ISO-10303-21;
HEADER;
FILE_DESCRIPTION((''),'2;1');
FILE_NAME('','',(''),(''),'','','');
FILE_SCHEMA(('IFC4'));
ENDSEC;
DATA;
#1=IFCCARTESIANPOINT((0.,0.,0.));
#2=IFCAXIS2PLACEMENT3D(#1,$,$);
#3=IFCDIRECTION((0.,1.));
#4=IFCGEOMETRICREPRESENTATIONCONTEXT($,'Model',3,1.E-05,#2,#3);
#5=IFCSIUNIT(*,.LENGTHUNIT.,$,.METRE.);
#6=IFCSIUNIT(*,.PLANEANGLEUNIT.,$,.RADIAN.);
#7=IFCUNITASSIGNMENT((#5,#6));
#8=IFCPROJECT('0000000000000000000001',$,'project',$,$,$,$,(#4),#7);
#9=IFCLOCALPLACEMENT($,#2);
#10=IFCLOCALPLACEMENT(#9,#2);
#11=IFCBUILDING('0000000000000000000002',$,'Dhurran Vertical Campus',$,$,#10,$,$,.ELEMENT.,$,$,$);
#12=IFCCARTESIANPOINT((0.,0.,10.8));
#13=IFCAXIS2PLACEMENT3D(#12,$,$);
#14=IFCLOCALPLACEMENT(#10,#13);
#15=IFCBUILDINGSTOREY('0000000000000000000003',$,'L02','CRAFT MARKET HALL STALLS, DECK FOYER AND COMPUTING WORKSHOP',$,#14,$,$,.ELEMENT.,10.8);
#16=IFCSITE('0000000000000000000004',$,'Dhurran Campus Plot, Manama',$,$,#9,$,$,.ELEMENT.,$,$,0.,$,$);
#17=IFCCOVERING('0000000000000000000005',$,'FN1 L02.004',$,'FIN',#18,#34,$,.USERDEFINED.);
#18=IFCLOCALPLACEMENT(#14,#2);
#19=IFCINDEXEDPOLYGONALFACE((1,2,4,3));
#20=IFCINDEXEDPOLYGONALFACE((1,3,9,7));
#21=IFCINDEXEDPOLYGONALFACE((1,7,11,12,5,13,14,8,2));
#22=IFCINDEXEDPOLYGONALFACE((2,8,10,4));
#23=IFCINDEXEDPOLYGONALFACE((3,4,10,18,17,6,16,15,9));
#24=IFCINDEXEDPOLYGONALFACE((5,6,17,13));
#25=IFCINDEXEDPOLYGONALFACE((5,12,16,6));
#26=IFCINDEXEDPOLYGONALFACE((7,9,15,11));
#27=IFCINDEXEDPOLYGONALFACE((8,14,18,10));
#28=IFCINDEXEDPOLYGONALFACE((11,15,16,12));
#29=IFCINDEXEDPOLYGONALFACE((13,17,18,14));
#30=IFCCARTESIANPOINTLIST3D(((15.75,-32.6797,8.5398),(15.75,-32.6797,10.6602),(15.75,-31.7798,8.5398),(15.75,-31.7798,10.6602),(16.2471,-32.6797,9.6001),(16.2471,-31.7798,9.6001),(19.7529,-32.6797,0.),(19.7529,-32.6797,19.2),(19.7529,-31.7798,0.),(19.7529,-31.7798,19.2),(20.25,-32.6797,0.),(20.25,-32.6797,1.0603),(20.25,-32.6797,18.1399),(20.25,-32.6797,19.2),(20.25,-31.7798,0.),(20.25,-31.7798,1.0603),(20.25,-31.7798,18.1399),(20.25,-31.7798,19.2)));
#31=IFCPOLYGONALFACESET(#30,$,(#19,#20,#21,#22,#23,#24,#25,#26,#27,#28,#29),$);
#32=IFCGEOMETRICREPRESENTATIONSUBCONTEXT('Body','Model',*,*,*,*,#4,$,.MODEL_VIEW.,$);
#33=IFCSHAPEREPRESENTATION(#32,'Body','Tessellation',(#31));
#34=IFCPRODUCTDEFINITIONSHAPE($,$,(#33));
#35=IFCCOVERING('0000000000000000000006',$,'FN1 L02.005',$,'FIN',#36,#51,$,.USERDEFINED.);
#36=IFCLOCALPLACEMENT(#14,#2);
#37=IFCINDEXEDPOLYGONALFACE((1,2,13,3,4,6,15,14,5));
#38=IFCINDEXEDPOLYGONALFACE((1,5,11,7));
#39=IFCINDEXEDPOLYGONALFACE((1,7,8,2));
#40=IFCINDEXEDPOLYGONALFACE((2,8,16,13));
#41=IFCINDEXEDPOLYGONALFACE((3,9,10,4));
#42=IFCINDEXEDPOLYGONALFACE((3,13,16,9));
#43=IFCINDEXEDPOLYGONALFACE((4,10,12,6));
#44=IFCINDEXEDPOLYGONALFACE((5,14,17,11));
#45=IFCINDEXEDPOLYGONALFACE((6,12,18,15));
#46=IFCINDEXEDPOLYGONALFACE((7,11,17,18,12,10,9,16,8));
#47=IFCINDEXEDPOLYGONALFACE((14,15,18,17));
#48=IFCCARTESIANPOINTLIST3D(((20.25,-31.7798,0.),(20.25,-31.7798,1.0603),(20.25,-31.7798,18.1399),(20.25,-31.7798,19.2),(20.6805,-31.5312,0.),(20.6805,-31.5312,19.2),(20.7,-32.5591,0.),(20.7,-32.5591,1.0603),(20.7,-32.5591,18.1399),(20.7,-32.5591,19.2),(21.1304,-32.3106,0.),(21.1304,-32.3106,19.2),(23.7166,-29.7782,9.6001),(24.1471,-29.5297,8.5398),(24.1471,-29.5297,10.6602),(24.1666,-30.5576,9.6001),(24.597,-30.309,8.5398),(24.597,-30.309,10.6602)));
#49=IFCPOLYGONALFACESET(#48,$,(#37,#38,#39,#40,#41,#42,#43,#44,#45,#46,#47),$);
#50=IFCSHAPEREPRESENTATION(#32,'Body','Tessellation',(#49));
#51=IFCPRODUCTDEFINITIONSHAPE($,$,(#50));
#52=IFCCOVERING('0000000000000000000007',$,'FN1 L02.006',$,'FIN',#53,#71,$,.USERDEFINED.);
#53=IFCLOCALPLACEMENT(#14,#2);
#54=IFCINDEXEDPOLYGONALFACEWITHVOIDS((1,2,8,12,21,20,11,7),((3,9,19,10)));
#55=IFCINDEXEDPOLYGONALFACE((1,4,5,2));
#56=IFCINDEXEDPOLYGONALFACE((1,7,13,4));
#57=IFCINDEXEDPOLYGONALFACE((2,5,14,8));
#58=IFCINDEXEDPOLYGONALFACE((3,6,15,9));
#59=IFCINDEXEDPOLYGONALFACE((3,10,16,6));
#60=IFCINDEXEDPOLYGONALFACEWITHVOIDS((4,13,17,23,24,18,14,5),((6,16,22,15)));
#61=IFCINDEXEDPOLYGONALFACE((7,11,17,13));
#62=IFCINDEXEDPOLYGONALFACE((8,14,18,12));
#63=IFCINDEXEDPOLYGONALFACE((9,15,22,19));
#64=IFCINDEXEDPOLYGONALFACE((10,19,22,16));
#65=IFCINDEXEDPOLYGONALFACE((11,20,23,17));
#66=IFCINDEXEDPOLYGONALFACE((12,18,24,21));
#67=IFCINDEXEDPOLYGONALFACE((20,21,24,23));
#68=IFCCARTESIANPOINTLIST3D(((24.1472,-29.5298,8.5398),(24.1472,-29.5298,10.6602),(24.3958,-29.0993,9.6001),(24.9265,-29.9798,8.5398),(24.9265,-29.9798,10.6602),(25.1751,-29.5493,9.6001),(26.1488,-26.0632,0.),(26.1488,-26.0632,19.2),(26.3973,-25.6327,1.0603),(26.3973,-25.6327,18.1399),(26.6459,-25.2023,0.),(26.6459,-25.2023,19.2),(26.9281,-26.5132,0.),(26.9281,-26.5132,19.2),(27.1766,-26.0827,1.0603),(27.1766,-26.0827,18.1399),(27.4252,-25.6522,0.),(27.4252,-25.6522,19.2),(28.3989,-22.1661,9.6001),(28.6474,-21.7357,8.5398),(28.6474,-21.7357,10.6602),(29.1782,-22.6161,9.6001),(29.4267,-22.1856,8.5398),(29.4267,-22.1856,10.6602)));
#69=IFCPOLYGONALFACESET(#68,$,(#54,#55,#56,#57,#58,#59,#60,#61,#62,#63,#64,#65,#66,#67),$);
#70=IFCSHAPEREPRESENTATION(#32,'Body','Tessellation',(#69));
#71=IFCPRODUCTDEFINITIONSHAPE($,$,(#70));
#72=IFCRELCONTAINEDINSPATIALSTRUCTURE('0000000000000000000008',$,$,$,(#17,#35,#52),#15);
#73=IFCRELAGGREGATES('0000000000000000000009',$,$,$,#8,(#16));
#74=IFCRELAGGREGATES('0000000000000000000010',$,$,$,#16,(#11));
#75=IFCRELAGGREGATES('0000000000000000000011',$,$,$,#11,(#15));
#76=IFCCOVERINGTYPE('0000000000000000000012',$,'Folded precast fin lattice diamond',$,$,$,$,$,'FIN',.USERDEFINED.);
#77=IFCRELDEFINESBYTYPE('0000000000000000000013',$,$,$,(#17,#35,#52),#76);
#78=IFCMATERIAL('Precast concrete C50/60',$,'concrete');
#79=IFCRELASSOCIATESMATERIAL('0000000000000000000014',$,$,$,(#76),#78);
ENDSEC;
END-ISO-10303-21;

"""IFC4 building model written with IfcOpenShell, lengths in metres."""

from ifc_helpers import new_model, si_unit, direction, frame, origin, place, context, subcontext, project, spatial, polyline, outline, extrude, material, type_object, element, save


model = new_model("IFC4")

# Units and contexts
model_context = context("Model", 3, precision=1e-05, world=origin(), true_north=direction((0.0, 1.0)))
body_context = subcontext(model_context, "Body", "Model", "MODEL_VIEW")
ifc_project = project(units=[si_unit("LENGTHUNIT", "METRE"), si_unit("PLANEANGLEUNIT", "RADIAN")], contexts=[model_context])

# Site, building, storey
site_placement = place(None, origin())
site = spatial("IfcSite", under=ifc_project, at=site_placement, Name="Dhurran Campus Plot, Manama", CompositionType="ELEMENT", RefElevation=0.0)
building_placement = place(site_placement, origin())
building = spatial("IfcBuilding", under=site, at=building_placement, Name="Dhurran Vertical Campus", CompositionType="ELEMENT")
storey_placement = place(building_placement, frame((0.0, 0.0, 10.8)))
storey = spatial("IfcBuildingStorey", under=building, at=storey_placement, Name="L02", Description="CRAFT MARKET HALL STALLS, DECK FOYER AND COMPUTING WORKSHOP", CompositionType="ELEMENT", Elevation=10.8)

# Coverings
ifc_material_1 = material(Name="Precast concrete C50/60", Category="concrete")
covering_type = type_object("IfcCoveringType", Name="Folded precast fin lattice diamond", ElementType="FIN", PredefinedType="USERDEFINED", material=ifc_material_1)
covering_1_placement = place(storey_placement, frame((15.75, -31.7798, 0.0), z_axis=(0.0, -1.0, 0.0), x_axis=(1.0, 0.0, 0.0)))
element("IfcCovering", 1, at=covering_1_placement, inside=storey, type_object=covering_type, Name="FN1 L02.004", ObjectType="FIN", PredefinedType="USERDEFINED", context=body_context, shape_type="SweptSolid", body=[
    extrude(outline(polyline([(4.0029, 0.0), (0.0, 8.5398), (0.0, 10.6602), (4.0029, 19.2), (4.5, 19.2), (4.5, 18.1399), (0.4971, 9.6001), (4.5, 1.0603), (4.5, 0.0), (4.0029, 0.0)])), origin(), (0.0, 0.0, 1.0), 0.8999),
])
covering_2_placement = place(storey_placement, frame((20.25, -31.7798, 0.0), z_axis=(0.50002, -0.866014, 0.0), x_axis=(0.866014, 0.50002, 0.0)))
element("IfcCovering", 2, at=covering_2_placement, inside=storey, type_object=covering_type, Name="FN1 L02.005", ObjectType="FIN", PredefinedType="USERDEFINED", context=body_context, shape_type="SweptSolid", body=[
    extrude(outline(polyline([(4.5, 8.5398), (0.4971, 0.0), (0.0, 0.0), (0.0, 1.0603), (4.0029, 9.6001), (0.0, 18.1399), (0.0, 19.2), (0.4971, 19.2), (4.5, 10.6602), (4.5, 8.5398)])), origin(), (0.0, 0.0, 1.0), 0.8999),
])
covering_3_placement = place(storey_placement, frame((24.1472, -29.5298, 0.0), z_axis=(0.866014, -0.50002, 0.0), x_axis=(0.50002, 0.866014, 0.0)))
element("IfcCovering", 3, at=covering_3_placement, inside=storey, type_object=covering_type, Name="FN1 L02.006", ObjectType="FIN", PredefinedType="USERDEFINED", context=body_context, shape_type="SweptSolid", body=[
    extrude(outline(polyline([(9.0, 10.6602), (9.0, 8.5398), (4.9971, 0.0), (4.0029, 0.0), (0.0, 8.5398), (0.0, 10.6602), (4.0029, 19.2), (4.9971, 19.2), (9.0, 10.6602)]), holes=[polyline([(8.5029, 9.6001), (4.5, 18.1399), (0.4971, 9.6001), (4.5, 1.0603), (8.5029, 9.6001)])]), origin(), (0.0, 0.0, 1.0), 0.8999),
])

save(model, "model.ifc")
